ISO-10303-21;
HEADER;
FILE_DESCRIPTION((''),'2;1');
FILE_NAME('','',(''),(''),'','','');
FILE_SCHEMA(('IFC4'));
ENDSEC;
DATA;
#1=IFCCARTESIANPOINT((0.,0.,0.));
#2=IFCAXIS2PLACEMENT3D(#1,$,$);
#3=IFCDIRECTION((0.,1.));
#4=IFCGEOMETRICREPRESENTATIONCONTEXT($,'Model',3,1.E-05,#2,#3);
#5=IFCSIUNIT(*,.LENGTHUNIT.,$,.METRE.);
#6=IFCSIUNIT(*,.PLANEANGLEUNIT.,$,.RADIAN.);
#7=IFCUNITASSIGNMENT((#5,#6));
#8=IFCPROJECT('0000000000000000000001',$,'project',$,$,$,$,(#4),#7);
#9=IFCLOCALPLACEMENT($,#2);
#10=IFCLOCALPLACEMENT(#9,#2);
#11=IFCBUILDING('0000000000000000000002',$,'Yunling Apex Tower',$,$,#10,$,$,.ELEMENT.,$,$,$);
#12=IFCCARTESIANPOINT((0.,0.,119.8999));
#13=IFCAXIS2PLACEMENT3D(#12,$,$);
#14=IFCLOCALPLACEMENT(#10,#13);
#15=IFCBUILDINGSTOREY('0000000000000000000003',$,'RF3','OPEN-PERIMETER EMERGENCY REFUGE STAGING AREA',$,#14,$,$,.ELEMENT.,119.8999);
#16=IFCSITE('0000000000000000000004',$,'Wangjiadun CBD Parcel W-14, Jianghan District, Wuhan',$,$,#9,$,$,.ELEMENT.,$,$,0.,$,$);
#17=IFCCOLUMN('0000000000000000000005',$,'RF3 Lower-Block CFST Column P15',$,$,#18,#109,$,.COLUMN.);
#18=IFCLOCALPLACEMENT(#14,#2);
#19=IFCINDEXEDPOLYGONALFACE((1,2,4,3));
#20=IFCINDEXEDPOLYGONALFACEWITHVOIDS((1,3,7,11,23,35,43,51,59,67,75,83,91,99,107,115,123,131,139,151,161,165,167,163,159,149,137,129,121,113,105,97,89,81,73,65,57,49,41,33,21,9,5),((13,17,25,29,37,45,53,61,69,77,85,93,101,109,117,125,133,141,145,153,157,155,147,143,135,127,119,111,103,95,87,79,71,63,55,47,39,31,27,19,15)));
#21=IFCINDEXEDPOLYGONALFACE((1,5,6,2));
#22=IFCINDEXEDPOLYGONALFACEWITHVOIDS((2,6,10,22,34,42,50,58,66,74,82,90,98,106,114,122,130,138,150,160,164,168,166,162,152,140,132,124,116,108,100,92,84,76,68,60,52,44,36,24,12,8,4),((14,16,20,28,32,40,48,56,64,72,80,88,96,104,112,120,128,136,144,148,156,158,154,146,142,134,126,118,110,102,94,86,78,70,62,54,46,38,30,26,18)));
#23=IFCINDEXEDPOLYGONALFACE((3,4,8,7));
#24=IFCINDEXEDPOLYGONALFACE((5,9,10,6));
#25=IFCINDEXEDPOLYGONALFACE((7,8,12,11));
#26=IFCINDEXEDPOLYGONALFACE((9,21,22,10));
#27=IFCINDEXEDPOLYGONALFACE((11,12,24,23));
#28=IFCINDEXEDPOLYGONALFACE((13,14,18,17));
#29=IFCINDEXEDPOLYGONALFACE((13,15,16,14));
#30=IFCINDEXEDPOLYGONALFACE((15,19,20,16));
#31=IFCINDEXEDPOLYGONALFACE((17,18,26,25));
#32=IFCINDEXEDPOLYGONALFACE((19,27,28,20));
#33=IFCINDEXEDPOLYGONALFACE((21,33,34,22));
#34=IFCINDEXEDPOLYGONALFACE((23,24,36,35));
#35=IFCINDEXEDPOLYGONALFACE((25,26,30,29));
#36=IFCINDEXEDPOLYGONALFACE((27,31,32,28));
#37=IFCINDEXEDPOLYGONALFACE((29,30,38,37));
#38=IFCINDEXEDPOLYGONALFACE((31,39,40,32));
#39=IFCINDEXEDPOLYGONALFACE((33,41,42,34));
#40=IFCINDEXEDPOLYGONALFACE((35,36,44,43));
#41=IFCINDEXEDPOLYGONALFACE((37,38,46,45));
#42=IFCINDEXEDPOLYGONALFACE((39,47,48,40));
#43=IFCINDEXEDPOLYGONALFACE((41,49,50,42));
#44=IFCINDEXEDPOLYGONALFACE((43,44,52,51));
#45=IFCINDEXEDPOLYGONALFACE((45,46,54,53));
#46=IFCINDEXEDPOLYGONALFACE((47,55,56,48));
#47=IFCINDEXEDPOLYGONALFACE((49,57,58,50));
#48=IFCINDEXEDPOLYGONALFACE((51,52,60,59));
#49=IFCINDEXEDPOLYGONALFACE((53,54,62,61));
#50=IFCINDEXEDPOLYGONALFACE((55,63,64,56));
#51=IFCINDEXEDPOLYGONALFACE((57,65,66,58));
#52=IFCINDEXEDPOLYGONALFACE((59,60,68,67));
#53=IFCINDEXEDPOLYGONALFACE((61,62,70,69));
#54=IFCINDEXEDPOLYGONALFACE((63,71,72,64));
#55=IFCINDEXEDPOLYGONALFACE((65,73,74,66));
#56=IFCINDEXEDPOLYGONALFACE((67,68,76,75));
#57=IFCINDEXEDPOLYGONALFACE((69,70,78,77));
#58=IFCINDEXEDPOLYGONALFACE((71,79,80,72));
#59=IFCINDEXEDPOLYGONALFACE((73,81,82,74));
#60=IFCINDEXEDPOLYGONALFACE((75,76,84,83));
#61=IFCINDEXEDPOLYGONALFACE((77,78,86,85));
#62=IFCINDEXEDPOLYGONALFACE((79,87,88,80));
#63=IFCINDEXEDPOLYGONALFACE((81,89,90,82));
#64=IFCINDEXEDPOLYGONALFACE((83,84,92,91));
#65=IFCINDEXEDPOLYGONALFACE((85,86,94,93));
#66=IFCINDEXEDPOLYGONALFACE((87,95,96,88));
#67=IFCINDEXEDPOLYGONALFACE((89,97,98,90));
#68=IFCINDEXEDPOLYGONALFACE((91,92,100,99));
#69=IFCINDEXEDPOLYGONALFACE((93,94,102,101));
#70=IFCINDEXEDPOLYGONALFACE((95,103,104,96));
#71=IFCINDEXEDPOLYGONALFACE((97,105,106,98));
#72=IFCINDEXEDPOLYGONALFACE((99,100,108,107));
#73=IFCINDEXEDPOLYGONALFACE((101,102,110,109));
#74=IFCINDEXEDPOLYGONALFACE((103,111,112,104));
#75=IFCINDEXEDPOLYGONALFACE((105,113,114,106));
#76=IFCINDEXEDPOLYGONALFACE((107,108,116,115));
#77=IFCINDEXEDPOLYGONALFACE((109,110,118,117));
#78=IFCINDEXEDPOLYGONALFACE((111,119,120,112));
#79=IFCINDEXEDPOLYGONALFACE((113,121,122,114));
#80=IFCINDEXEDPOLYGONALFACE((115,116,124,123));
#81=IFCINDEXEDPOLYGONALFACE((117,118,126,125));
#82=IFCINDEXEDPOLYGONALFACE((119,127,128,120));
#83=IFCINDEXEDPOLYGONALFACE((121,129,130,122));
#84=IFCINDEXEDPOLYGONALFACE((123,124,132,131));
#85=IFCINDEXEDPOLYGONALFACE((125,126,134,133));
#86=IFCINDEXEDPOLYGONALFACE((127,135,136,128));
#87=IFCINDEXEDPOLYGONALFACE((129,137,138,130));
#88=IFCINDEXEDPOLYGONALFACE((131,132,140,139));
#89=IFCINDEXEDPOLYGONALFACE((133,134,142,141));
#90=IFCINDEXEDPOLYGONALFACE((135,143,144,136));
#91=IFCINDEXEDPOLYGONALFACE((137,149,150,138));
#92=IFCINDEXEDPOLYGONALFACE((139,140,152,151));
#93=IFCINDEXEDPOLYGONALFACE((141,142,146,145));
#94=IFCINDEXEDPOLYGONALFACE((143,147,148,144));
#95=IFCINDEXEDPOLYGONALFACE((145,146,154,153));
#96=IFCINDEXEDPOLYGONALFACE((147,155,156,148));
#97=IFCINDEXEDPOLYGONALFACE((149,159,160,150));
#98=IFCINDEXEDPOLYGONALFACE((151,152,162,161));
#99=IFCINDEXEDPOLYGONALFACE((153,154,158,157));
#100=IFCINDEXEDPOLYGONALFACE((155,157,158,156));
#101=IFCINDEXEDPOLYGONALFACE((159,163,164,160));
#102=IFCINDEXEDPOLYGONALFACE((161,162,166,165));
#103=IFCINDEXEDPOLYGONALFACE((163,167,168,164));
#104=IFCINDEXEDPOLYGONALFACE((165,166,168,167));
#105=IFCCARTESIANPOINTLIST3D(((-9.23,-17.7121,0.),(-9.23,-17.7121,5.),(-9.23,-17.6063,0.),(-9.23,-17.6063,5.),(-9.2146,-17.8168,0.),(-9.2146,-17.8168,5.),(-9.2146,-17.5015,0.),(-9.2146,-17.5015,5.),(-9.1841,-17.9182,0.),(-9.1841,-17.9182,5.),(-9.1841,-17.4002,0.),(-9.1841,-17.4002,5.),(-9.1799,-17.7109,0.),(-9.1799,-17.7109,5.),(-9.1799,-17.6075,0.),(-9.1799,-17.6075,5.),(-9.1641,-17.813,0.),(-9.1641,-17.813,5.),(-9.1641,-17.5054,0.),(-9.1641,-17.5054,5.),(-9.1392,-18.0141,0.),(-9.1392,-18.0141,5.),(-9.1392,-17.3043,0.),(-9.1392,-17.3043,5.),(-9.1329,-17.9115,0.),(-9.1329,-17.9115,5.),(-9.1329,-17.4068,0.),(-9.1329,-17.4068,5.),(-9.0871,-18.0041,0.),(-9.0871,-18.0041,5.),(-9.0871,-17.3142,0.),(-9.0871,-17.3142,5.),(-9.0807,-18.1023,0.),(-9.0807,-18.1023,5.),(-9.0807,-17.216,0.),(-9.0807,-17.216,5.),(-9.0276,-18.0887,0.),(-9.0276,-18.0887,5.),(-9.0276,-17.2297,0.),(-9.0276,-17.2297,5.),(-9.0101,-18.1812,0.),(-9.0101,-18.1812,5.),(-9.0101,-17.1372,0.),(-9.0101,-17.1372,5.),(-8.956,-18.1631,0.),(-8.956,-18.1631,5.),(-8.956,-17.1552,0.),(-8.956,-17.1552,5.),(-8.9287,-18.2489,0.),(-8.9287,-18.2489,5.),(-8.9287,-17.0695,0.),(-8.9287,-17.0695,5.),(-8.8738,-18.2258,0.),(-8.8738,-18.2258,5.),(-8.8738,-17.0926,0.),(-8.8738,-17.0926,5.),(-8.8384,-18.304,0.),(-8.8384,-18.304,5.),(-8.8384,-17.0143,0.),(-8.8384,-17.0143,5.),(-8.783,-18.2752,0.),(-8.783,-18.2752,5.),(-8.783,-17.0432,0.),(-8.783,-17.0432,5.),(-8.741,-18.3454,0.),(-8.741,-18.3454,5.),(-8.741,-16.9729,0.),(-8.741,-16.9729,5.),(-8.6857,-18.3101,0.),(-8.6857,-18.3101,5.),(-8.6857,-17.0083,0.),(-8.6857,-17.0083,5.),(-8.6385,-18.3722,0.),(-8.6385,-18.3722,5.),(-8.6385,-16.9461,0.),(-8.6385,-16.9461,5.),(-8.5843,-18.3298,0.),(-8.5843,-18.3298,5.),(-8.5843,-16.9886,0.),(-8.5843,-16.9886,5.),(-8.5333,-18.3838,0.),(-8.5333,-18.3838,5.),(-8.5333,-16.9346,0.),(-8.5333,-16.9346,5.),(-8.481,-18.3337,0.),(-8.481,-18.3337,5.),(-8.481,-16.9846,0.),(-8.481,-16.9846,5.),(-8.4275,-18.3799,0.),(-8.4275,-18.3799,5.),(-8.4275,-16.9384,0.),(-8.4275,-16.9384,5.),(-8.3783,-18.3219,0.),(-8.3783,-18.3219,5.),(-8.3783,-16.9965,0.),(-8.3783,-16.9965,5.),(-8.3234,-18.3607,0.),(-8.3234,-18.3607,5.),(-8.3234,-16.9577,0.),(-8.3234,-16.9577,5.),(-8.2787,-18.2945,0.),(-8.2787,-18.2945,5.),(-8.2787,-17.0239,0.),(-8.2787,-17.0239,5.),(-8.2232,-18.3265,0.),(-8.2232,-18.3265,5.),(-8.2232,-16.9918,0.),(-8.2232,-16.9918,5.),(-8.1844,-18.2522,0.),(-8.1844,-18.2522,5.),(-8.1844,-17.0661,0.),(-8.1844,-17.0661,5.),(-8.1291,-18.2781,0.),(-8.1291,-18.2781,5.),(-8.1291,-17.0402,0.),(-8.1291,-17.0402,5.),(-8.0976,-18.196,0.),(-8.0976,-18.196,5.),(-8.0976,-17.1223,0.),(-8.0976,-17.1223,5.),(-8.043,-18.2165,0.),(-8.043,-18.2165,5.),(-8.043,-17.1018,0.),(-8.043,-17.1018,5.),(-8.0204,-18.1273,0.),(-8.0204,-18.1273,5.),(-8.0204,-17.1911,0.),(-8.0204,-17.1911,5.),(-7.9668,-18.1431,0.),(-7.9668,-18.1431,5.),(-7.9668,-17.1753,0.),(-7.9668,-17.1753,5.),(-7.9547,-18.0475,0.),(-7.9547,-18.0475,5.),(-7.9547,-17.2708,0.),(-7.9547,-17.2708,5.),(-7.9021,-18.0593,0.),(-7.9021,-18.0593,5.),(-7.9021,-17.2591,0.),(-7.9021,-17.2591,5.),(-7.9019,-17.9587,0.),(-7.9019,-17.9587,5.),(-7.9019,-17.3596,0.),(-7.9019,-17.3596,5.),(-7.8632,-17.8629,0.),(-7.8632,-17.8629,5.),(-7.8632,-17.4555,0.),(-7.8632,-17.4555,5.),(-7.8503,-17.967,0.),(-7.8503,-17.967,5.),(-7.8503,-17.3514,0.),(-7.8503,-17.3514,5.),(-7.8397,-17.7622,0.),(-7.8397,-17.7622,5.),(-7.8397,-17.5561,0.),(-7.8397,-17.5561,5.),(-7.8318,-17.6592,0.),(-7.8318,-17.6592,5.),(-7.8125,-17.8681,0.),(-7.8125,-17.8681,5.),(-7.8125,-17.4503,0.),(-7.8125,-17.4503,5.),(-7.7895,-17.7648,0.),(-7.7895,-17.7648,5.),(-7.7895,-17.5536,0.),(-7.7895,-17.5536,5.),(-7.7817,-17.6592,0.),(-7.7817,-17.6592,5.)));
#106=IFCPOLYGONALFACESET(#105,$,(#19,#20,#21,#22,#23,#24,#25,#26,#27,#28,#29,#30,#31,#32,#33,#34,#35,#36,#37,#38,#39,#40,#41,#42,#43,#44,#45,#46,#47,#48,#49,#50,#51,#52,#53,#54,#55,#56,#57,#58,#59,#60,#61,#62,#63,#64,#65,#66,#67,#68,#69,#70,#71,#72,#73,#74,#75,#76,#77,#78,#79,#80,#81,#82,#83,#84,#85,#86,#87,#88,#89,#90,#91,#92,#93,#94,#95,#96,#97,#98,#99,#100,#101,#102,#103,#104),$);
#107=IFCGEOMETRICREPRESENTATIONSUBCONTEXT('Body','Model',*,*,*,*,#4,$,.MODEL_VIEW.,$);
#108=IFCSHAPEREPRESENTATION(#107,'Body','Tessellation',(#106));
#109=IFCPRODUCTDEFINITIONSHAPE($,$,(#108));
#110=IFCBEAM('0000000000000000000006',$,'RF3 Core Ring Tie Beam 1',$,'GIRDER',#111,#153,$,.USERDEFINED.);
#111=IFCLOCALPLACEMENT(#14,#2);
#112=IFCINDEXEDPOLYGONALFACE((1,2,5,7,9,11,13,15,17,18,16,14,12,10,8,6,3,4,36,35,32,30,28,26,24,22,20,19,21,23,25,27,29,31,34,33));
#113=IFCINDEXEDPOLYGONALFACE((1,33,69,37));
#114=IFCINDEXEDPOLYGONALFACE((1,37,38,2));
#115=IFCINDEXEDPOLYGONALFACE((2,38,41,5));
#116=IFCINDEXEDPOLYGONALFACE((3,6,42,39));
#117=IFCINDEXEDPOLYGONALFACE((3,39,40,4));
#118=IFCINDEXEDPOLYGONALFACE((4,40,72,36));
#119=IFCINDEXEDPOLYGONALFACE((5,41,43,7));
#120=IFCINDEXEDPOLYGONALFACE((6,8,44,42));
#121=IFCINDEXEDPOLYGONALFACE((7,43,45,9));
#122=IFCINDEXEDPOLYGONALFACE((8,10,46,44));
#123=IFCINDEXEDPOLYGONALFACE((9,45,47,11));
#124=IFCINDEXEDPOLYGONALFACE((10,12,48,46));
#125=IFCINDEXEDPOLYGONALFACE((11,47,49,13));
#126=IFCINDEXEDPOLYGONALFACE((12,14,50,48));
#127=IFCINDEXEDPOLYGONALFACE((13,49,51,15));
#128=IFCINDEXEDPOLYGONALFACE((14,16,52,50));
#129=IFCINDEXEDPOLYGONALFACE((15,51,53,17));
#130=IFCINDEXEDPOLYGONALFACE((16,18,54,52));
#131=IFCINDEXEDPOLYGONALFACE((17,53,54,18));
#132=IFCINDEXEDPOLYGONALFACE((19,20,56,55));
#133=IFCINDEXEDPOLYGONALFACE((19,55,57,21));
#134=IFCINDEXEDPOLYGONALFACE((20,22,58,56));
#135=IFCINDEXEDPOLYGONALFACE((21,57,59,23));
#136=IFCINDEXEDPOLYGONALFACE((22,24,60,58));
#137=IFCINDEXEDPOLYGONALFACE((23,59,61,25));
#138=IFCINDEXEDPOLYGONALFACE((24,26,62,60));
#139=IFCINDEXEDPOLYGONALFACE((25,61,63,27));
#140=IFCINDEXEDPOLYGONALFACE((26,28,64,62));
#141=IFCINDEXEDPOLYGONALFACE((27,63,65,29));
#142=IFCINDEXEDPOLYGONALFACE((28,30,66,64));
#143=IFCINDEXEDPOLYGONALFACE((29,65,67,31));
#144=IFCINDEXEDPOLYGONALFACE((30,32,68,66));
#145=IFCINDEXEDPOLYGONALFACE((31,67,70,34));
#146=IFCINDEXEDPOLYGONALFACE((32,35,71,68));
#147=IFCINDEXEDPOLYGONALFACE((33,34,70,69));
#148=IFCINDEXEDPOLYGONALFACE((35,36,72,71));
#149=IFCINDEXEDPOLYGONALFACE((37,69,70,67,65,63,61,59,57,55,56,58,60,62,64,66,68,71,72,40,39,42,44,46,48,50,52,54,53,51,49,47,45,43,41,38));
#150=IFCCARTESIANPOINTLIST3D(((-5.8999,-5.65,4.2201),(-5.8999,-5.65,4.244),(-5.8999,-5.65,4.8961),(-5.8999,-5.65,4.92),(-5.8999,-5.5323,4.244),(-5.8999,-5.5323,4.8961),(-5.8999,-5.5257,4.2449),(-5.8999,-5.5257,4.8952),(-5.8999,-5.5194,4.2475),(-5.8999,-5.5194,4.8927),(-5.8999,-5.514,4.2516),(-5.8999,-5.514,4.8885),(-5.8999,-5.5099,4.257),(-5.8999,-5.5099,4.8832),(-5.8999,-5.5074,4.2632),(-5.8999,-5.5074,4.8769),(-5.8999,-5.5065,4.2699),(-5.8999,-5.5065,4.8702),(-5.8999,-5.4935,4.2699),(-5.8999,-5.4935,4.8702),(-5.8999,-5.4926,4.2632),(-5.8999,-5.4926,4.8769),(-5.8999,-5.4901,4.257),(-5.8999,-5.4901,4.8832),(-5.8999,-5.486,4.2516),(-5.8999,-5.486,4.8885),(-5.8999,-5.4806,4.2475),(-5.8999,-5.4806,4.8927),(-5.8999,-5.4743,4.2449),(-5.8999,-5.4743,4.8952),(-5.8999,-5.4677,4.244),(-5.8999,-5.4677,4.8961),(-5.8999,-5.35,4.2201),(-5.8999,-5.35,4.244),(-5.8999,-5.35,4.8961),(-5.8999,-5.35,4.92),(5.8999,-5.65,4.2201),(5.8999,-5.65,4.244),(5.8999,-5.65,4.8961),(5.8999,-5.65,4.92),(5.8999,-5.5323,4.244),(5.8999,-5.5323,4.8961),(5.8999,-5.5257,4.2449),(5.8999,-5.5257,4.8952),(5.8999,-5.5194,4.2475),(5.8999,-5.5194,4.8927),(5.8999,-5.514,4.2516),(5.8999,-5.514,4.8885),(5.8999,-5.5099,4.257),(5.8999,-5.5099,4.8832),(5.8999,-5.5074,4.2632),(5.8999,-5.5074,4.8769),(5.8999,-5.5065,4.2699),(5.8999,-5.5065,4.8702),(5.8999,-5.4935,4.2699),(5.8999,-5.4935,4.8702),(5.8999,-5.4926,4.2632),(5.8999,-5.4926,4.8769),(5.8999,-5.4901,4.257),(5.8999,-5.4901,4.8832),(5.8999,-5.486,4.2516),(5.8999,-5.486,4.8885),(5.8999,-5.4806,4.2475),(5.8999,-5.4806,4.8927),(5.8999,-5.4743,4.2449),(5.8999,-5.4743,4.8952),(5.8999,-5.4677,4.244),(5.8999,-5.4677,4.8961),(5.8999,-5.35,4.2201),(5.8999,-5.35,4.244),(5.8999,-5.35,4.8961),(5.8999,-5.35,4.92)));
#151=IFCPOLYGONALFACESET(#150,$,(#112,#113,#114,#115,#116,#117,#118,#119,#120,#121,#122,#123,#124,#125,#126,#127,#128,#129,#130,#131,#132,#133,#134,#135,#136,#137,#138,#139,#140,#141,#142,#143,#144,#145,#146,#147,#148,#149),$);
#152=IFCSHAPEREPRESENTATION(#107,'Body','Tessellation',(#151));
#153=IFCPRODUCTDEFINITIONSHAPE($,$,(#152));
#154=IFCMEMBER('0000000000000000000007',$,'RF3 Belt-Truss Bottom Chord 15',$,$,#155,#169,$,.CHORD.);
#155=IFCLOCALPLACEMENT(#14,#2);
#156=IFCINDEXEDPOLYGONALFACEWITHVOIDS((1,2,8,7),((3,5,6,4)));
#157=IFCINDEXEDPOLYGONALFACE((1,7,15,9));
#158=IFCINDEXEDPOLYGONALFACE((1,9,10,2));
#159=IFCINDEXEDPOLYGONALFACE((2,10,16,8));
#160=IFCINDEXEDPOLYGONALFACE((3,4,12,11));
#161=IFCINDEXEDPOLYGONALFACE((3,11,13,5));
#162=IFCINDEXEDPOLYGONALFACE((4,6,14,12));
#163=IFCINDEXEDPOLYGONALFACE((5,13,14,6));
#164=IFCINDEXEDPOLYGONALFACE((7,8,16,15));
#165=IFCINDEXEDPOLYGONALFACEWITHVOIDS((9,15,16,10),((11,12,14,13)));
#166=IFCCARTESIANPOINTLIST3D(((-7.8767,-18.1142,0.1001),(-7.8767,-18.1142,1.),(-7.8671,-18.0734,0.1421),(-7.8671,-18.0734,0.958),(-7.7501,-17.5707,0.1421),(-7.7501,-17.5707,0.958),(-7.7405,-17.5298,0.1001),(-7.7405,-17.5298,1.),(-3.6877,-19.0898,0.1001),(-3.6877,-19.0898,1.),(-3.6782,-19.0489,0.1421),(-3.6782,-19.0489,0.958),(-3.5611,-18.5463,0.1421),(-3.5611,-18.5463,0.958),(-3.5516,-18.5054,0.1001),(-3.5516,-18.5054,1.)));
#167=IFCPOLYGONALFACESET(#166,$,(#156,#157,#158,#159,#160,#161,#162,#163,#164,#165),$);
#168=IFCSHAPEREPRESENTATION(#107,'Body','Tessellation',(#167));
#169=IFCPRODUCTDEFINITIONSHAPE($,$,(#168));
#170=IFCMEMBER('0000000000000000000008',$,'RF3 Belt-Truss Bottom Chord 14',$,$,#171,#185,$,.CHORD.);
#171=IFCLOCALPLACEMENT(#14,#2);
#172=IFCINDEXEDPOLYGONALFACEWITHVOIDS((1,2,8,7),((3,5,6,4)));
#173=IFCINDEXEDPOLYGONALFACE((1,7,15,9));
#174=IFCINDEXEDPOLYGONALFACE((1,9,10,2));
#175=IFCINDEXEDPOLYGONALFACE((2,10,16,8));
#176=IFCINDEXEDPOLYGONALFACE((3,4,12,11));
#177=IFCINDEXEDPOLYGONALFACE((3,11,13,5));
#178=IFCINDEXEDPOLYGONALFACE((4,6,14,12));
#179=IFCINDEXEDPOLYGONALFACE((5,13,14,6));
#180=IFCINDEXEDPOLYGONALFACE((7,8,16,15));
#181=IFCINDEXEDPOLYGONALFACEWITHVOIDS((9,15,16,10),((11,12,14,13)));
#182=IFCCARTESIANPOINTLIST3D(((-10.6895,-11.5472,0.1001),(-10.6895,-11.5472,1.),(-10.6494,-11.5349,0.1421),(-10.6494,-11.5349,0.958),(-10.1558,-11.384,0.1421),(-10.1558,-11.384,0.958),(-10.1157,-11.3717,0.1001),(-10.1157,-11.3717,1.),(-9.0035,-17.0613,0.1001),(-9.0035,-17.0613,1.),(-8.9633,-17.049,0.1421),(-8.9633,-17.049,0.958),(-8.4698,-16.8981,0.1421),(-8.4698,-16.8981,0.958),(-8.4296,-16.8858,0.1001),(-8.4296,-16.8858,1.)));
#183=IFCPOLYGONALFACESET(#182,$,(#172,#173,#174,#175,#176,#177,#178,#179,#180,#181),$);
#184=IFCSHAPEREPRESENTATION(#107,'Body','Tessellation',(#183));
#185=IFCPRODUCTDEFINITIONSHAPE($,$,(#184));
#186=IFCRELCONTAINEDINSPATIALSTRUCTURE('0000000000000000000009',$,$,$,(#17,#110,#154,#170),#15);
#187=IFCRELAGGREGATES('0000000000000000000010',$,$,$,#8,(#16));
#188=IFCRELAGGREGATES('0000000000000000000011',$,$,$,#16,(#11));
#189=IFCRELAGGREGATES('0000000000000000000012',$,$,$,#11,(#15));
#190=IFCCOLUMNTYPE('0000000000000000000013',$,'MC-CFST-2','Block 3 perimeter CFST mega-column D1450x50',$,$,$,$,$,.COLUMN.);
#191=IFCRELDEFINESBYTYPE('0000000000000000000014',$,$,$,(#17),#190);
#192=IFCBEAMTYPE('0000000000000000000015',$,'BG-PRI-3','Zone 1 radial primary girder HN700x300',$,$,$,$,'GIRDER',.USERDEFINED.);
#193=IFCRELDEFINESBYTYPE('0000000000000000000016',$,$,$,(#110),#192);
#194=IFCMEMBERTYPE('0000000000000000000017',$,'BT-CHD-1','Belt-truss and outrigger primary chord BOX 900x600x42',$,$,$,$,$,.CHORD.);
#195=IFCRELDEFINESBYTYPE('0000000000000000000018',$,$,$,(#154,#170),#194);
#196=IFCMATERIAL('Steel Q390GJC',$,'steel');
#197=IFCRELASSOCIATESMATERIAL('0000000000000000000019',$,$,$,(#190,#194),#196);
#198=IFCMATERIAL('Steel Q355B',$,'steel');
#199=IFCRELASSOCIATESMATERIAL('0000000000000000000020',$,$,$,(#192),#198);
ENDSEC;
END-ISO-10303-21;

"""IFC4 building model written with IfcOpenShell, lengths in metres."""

from ifc_helpers import new_model, si_unit, direction, frame, origin, origin_2d, place, context, subcontext, project, spatial, hollow_rectangle, hollow_circle, i_section, extrude, source, transform, mapped, material, material_profile, profile_set, type_object, element, save


model = new_model("IFC4")

# Units and contexts
model_context = context("Model", 3, precision=1e-05, world=origin(), true_north=direction((0.0, 1.0)))
body_context = subcontext(model_context, "Body", "Model", "MODEL_VIEW")
ifc_project = project(units=[si_unit("LENGTHUNIT", "METRE"), si_unit("PLANEANGLEUNIT", "RADIAN")], contexts=[model_context])

# Site, building, storey
site_placement = place(None, origin())
site = spatial("IfcSite", under=ifc_project, at=site_placement, Name="Wangjiadun CBD Parcel W-14, Jianghan District, Wuhan", CompositionType="ELEMENT", RefElevation=0.0)
building_placement = place(site_placement, origin())
building = spatial("IfcBuilding", under=site, at=building_placement, Name="Yunling Apex Tower", CompositionType="ELEMENT")
storey_placement = place(building_placement, frame((0.0, 0.0, 119.8999)))
storey = spatial("IfcBuildingStorey", under=building, at=storey_placement, Name="RF3", Description="OPEN-PERIMETER EMERGENCY REFUGE STAGING AREA", CompositionType="ELEMENT", Elevation=119.8999)

# Column
ifc_material_1 = material(Name="Steel Q390GJC", Category="steel")
ifc_material_profile_1 = material_profile(ifc_material_1, hollow_circle(Radius=0.7251, WallThickness=0.05, at=origin_2d()))
ifc_profile_set_1 = profile_set([ifc_material_profile_1], Name="Steel Q390GJC")
column_type_1 = type_object("IfcColumnType", Name="MC-CFST-2", Description="Block 3 perimeter CFST mega-column D1450x50", PredefinedType="COLUMN", material=ifc_profile_set_1)
shared_shape_1 = source(origin(), body_context, "Body", "SweptSolid", [
    extrude(hollow_circle(Radius=0.7251, WallThickness=0.05, at=origin_2d()), origin(), (0.0, 0.0, 1.0), 5.0),
])
for number, where, z_axis, x_axis, name in (
    (1, (-8.5068, -17.6592, 0.0), (0.0, 0.0, 1.0), (1.0, 0.0, 0.0), "RF3 Lower-Block CFST Column P15"),
):
    element("IfcColumn", number, at=place(storey_placement, frame(where, z_axis=z_axis, x_axis=x_axis)), inside=storey, type_object=column_type_1, Name=name, PredefinedType="COLUMN", context=body_context, shape_type="MappedRepresentation", body=[
        mapped(shared_shape_1, transform((0.0, 0.0, 0.0), scale=1.0)),
    ])

# Beam
ifc_material_2 = material(Name="Steel Q355B", Category="steel")
ifc_material_profile_2 = material_profile(ifc_material_2, i_section(OverallWidth=0.3, OverallDepth=0.7, WebThickness=0.0129, FlangeThickness=0.0239, FilletRadius=0.0259, at=origin_2d()))
ifc_profile_set_2 = profile_set([ifc_material_profile_2], Name="Steel Q355B")
beam_type_1 = type_object("IfcBeamType", Name="BG-PRI-3", Description="Zone 1 radial primary girder HN700x300", ElementType="GIRDER", PredefinedType="USERDEFINED", material=ifc_profile_set_2)
shared_shape_2 = source(origin(), body_context, "Body", "SweptSolid", [
    extrude(i_section(OverallWidth=0.3, OverallDepth=0.7, WebThickness=0.0129, FlangeThickness=0.0239, FilletRadius=0.0259, at=origin_2d()), origin(), (0.0, 0.0, 1.0), 11.7998),
])
beam_1_placement = place(storey_placement, frame((-5.8999, -5.5, 4.5701), z_axis=(1.0, 0.0, 0.0), x_axis=(0.0, 1.0, 0.0)))
element("IfcBeam", 2, at=beam_1_placement, inside=storey, type_object=beam_type_1, Name="RF3 Core Ring Tie Beam 1", ObjectType="GIRDER", PredefinedType="USERDEFINED", context=body_context, shape_type="MappedRepresentation", body=[
    mapped(shared_shape_2, transform((0.0, 0.0, 0.0), scale=1.0)),
])

# Members
ifc_material_profile_3 = material_profile(ifc_material_1, hollow_rectangle(XDim=0.6001, YDim=0.8999, WallThickness=0.042, at=origin_2d()))
ifc_profile_set_3 = profile_set([ifc_material_profile_3], Name="Steel Q390GJC")
member_type_1 = type_object("IfcMemberType", Name="BT-CHD-1", Description="Belt-truss and outrigger primary chord BOX 900x600x42", PredefinedType="CHORD", material=ifc_profile_set_3)
shared_shape_3 = source(origin(), body_context, "Body", "SweptSolid", [
    extrude(hollow_rectangle(XDim=0.6001, YDim=0.8999, WallThickness=0.042, at=origin_2d()), origin(), (0.0, 0.0, 1.0), 4.301),
])
member_1_placement = place(storey_placement, frame((-7.8086, -17.822, 0.55), z_axis=(0.973936, -0.226824, 0.0), x_axis=(0.226824, 0.973936, 0.0)))
element("IfcMember", 3, at=member_1_placement, inside=storey, type_object=member_type_1, Name="RF3 Belt-Truss Bottom Chord 15", PredefinedType="CHORD", context=body_context, shape_type="MappedRepresentation", body=[
    mapped(shared_shape_3, transform((0.0, 0.0, 0.0), scale=1.0)),
])
shared_shape_4 = source(origin(), body_context, "Body", "SweptSolid", [
    extrude(hollow_rectangle(XDim=0.6001, YDim=0.8999, WallThickness=0.042, at=origin_2d()), origin(), (0.0, 0.0, 1.0), 5.7661),
])
member_2_placement = place(storey_placement, frame((-10.4026, -11.4595, 0.55), z_axis=(0.292401, -0.956296, 0.0), x_axis=(0.956296, 0.292401, 0.0)))
element("IfcMember", 4, at=member_2_placement, inside=storey, type_object=member_type_1, Name="RF3 Belt-Truss Bottom Chord 14", PredefinedType="CHORD", context=body_context, shape_type="MappedRepresentation", body=[
    mapped(shared_shape_4, transform((0.0, 0.0, 0.0), scale=1.0)),
])

save(model, "model.ifc")
